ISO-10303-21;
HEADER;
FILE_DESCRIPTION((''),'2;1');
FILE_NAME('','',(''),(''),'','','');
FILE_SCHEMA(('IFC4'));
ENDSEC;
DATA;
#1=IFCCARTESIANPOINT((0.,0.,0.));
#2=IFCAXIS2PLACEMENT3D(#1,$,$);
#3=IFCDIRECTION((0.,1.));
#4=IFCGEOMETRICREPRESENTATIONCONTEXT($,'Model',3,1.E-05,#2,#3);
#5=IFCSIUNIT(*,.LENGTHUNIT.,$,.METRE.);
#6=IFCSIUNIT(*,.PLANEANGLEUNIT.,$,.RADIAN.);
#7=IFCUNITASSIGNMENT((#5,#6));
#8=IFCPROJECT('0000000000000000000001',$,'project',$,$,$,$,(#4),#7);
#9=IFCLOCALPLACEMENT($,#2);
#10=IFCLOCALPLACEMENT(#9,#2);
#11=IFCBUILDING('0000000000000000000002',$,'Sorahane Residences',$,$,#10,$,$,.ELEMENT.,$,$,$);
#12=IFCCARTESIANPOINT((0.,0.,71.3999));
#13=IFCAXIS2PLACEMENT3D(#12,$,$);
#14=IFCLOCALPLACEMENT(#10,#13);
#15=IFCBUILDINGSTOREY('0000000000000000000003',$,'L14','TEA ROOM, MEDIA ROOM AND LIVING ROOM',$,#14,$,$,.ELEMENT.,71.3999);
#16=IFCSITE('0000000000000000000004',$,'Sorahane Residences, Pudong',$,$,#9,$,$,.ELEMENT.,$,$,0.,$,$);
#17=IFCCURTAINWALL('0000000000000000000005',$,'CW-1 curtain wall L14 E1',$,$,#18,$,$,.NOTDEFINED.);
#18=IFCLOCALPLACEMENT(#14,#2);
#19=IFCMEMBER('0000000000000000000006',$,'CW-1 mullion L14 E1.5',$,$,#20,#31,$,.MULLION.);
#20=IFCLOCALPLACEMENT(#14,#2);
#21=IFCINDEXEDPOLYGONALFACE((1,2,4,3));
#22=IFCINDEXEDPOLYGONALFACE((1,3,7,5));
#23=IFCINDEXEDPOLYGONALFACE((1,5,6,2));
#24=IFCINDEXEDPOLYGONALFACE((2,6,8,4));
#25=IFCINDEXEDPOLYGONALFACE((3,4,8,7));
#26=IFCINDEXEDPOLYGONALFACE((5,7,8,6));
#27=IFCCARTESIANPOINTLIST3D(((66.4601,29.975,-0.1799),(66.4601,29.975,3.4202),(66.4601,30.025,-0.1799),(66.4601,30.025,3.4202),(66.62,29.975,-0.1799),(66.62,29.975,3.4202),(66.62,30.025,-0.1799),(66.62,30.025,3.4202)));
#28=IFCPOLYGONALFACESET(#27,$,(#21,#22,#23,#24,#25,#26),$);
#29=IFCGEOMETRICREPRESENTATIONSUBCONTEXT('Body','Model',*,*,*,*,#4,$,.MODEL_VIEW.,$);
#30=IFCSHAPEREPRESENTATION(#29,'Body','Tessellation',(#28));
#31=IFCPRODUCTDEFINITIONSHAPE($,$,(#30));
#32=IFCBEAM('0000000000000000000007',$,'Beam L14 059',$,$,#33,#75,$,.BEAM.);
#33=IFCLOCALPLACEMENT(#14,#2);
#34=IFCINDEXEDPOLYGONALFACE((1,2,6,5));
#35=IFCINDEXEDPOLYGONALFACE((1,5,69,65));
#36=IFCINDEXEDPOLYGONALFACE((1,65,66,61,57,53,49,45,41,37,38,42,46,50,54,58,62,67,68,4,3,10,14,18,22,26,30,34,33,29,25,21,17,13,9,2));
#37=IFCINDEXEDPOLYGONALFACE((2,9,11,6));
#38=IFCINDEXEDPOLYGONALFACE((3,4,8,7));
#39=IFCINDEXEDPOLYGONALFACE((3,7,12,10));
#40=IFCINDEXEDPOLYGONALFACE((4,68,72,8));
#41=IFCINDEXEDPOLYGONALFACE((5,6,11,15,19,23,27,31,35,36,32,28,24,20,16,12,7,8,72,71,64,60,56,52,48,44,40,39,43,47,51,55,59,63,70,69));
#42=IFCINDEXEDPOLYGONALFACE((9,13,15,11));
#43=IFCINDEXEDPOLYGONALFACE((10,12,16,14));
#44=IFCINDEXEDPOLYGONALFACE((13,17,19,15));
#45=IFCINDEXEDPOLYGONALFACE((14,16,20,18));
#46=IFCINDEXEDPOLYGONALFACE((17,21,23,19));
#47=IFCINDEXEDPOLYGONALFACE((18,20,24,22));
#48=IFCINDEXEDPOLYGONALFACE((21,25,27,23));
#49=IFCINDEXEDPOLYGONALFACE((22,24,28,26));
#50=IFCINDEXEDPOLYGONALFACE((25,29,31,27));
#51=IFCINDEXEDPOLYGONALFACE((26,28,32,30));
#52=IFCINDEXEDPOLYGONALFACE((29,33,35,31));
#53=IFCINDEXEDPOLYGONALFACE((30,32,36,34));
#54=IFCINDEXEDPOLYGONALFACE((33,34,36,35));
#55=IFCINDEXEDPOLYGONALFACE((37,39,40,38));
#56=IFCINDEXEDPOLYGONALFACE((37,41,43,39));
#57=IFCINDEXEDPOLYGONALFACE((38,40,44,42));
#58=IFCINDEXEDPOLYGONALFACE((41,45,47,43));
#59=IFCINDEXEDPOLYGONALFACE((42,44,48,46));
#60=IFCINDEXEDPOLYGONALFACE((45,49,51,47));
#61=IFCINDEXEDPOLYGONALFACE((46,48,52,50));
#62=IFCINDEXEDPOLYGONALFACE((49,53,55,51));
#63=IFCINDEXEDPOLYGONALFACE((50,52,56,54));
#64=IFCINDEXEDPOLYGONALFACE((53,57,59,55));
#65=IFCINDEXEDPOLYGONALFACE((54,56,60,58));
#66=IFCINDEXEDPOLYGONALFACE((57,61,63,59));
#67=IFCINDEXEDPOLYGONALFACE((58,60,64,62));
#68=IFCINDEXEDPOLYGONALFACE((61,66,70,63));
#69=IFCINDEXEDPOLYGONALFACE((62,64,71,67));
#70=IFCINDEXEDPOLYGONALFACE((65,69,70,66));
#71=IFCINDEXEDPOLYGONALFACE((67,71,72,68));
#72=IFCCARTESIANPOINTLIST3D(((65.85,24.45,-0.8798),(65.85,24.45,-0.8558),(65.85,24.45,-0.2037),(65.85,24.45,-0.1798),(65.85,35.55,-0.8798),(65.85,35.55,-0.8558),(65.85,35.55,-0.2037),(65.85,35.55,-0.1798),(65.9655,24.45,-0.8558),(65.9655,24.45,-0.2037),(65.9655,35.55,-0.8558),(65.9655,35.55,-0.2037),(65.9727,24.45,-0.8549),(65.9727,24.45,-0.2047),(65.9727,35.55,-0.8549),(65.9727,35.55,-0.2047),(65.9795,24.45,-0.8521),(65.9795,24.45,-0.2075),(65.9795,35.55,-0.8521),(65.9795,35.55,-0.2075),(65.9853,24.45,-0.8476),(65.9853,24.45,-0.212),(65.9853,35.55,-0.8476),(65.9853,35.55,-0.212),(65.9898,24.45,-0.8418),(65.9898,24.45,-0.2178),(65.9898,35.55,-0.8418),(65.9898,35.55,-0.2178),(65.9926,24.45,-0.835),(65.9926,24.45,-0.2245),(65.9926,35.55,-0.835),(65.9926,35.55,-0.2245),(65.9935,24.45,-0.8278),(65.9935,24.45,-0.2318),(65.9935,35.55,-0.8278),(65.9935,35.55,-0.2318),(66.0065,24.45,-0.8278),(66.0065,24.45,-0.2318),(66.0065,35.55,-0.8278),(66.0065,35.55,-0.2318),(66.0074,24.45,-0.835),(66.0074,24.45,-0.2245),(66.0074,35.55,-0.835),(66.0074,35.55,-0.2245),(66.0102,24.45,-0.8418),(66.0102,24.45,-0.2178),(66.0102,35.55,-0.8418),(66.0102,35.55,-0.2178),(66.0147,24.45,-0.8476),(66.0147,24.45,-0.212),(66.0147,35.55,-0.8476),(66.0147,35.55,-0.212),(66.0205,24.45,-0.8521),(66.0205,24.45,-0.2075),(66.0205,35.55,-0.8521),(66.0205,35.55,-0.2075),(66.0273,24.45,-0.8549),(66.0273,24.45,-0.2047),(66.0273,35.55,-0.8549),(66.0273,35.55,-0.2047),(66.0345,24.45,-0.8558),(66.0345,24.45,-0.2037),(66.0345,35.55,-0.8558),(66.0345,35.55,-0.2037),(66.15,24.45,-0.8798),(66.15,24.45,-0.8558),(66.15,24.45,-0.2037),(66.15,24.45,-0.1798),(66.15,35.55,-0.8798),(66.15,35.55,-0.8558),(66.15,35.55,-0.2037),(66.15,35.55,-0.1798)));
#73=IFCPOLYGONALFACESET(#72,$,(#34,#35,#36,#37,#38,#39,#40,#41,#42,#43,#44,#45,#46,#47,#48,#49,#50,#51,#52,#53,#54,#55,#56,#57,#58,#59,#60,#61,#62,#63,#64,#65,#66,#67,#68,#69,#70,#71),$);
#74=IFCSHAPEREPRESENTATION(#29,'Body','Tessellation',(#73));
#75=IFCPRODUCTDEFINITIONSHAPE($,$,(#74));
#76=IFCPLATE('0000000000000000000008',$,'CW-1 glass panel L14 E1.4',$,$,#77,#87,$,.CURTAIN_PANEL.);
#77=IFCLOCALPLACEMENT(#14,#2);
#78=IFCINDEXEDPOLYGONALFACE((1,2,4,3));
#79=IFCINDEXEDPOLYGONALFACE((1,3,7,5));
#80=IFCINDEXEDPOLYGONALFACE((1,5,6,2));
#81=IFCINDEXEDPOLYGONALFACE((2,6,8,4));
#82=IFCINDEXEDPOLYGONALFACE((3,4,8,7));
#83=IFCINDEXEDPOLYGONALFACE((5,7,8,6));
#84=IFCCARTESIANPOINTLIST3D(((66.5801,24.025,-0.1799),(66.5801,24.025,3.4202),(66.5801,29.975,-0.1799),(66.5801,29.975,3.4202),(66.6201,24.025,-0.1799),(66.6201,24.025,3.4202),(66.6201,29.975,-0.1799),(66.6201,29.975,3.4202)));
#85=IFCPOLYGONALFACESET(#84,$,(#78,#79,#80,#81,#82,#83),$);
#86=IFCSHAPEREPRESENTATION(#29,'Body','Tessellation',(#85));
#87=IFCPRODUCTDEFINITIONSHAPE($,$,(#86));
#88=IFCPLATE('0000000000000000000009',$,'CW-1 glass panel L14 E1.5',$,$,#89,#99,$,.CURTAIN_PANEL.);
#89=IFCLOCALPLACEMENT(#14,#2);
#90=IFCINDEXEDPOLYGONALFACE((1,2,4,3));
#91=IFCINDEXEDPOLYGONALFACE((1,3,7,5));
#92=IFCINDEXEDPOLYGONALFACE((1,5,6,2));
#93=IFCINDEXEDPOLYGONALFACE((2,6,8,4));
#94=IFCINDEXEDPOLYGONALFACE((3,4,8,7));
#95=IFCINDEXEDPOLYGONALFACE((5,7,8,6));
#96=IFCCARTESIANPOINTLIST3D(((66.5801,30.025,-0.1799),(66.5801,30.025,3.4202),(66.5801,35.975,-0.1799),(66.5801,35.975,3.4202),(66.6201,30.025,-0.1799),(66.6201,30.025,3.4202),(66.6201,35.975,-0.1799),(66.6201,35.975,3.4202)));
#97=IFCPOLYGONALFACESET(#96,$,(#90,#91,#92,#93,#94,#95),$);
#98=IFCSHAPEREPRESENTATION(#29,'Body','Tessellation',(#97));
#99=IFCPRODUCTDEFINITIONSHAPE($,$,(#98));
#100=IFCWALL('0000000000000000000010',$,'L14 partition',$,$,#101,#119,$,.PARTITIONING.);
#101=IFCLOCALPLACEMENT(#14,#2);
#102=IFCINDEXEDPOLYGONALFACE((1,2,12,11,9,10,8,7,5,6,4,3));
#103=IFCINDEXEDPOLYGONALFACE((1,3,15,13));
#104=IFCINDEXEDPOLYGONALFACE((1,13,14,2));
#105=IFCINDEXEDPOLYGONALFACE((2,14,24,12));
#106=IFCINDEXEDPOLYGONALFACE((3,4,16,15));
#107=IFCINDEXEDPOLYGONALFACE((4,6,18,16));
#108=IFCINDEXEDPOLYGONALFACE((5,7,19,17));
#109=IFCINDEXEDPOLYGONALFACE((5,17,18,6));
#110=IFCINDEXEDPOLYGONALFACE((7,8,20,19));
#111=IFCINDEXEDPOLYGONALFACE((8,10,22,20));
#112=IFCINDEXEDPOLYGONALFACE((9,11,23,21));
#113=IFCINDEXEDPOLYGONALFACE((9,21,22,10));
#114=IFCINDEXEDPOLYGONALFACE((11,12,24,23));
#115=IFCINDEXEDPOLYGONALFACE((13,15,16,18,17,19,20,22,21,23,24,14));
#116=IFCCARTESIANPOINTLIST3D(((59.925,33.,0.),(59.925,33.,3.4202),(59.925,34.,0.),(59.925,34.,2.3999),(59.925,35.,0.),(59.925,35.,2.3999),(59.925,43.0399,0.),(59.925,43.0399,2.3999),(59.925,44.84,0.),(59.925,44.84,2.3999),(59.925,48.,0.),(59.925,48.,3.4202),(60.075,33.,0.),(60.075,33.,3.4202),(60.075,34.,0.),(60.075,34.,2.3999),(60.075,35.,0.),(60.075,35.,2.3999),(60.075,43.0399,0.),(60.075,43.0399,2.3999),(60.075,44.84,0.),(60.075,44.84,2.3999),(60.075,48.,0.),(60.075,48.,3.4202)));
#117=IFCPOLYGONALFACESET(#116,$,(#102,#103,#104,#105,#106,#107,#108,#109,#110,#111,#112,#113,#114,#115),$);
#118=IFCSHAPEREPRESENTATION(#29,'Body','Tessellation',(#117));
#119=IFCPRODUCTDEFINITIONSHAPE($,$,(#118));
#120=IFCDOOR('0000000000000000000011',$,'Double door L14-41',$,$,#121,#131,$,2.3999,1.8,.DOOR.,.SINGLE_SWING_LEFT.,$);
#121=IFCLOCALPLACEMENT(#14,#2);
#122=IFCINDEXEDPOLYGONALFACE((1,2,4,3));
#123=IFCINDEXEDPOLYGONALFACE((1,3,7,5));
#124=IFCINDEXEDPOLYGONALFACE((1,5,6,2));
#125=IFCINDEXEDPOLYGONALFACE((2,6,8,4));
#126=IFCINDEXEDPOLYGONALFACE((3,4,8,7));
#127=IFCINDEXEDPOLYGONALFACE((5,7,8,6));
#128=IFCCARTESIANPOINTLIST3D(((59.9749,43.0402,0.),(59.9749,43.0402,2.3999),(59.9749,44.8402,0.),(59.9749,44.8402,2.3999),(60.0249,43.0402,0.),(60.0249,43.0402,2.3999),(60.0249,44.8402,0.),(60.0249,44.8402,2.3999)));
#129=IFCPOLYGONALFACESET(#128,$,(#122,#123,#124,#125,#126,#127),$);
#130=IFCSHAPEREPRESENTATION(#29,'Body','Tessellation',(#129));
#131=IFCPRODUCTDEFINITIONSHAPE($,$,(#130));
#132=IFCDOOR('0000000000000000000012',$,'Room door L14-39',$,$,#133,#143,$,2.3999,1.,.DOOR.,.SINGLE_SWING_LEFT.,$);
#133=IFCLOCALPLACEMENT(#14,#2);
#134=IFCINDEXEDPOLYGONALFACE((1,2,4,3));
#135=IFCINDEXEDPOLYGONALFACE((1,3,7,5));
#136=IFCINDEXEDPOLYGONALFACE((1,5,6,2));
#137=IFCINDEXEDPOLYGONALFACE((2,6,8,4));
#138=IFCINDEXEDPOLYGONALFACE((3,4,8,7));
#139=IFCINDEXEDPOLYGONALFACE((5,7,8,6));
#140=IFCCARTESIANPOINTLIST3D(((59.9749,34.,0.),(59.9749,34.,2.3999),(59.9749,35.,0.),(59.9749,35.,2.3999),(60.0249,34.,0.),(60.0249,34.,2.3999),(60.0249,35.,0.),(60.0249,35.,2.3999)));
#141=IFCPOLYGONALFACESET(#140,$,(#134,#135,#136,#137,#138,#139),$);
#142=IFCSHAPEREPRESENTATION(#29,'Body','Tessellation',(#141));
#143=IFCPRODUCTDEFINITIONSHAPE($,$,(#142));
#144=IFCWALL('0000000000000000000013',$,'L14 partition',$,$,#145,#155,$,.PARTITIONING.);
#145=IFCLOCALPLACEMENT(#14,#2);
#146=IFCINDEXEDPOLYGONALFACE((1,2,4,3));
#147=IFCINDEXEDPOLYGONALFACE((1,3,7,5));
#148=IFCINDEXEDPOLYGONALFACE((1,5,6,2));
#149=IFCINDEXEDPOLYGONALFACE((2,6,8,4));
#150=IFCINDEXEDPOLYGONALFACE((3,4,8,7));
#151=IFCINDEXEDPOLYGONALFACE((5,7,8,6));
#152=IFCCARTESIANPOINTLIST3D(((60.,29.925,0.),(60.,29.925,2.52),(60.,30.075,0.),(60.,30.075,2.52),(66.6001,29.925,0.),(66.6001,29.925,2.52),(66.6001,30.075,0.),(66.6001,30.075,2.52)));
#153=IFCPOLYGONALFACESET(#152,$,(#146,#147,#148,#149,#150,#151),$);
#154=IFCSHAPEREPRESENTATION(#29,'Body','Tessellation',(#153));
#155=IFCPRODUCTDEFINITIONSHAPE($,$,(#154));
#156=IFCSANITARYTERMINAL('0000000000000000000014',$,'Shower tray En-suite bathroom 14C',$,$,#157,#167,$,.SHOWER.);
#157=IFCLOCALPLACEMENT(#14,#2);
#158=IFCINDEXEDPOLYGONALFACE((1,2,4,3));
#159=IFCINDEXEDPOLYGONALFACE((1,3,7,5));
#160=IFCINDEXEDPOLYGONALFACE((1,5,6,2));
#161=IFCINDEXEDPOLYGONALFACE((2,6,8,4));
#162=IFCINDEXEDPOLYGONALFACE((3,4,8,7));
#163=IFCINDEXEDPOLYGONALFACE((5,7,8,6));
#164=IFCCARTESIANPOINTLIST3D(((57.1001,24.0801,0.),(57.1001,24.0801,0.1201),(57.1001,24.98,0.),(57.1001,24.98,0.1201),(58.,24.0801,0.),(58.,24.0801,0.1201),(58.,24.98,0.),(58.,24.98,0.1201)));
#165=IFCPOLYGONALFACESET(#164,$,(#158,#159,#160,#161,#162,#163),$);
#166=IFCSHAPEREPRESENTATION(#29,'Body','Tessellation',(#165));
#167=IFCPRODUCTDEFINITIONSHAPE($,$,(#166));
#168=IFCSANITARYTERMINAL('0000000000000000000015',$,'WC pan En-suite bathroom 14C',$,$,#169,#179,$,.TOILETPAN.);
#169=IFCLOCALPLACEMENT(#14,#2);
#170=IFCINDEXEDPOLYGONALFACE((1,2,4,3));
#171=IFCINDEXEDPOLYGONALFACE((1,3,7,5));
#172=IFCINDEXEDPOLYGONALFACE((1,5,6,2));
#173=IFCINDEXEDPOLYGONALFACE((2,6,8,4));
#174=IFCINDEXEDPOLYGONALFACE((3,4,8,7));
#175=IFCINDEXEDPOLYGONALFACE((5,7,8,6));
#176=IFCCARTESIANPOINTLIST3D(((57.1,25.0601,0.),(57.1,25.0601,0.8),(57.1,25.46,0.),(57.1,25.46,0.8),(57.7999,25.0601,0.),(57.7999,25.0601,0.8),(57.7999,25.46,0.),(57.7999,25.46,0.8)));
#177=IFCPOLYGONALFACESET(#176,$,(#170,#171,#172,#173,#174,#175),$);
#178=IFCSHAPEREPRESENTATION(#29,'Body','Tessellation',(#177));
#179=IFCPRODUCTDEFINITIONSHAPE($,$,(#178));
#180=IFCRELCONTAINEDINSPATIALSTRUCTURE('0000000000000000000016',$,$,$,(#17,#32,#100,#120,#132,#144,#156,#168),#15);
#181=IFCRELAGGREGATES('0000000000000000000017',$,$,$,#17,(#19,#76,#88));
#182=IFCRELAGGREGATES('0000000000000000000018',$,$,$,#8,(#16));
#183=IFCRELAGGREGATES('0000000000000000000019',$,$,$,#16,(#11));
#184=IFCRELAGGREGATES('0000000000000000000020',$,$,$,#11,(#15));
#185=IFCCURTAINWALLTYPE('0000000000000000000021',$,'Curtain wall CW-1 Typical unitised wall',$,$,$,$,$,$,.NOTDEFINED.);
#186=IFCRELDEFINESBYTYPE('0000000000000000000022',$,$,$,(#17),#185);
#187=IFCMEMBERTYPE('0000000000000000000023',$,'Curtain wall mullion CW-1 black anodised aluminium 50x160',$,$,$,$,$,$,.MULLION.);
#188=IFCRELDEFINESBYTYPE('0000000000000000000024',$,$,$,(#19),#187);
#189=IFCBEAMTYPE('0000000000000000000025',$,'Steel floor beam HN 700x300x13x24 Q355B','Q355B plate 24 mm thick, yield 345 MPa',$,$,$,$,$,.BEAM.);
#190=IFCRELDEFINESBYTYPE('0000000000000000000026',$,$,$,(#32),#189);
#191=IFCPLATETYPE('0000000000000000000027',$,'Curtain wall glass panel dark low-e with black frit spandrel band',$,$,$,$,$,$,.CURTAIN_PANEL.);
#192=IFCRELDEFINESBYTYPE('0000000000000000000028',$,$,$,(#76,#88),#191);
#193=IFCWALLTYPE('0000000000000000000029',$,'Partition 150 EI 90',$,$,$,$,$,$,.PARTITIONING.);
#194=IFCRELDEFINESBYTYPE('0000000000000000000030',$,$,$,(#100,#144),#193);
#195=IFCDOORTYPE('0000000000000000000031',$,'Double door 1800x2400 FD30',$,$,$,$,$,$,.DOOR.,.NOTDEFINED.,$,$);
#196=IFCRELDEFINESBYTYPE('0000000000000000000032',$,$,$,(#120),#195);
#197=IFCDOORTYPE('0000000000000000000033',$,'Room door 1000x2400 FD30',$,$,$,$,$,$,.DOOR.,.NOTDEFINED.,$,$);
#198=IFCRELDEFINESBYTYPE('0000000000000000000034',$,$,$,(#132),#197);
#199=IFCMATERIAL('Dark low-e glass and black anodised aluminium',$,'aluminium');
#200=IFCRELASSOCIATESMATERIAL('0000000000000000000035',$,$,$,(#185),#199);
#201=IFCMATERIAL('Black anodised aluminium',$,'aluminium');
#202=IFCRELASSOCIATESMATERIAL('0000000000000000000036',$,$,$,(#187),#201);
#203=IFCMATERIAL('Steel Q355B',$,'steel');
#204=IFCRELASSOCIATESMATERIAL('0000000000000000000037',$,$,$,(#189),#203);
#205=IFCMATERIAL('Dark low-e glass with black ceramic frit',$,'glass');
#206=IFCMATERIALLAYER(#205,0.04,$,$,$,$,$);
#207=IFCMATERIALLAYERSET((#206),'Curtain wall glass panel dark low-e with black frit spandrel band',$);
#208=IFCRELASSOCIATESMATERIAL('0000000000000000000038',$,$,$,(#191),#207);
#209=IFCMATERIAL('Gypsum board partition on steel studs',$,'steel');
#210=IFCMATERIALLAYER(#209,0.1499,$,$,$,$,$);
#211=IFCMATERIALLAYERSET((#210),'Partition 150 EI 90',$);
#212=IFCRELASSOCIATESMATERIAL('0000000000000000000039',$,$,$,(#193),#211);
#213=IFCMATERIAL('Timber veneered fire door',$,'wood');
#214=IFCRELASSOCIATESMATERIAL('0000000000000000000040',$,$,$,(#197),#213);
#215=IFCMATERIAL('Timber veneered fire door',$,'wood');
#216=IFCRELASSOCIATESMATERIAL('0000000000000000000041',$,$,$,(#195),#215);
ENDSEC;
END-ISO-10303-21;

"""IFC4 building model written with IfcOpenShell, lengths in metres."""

from ifc_helpers import new_model, si_unit, direction, frame, frame_2d, origin, origin_2d, place, context, subcontext, project, spatial, rectangle, i_section, extrude, material, layer, layer_set, material_profile, profile_set, type_object, element, fill, aggregate, save


model = new_model("IFC4")

# Units and contexts
model_context = context("Model", 3, precision=1e-05, world=origin(), true_north=direction((0.0, 1.0)))
body_context = subcontext(model_context, "Body", "Model", "MODEL_VIEW")
ifc_project = project(units=[si_unit("LENGTHUNIT", "METRE"), si_unit("PLANEANGLEUNIT", "RADIAN")], contexts=[model_context])

# Site, building, storey
site_placement = place(None, origin())
site = spatial("IfcSite", under=ifc_project, at=site_placement, Name="Sorahane Residences, Pudong", CompositionType="ELEMENT", RefElevation=0.0)
building_placement = place(site_placement, origin())
building = spatial("IfcBuilding", under=site, at=building_placement, Name="Sorahane Residences", CompositionType="ELEMENT")
storey_placement = place(building_placement, frame((0.0, 0.0, 71.3999)))
storey = spatial("IfcBuildingStorey", under=building, at=storey_placement, Name="L14", Description="TEA ROOM, MEDIA ROOM AND LIVING ROOM", CompositionType="ELEMENT", Elevation=71.3999)

# Curtain wall, member
ifc_material_1 = material(Name="Dark low-e glass and black anodised aluminium", Category="aluminium")
curtain_wall_type = type_object("IfcCurtainWallType", Name="Curtain wall CW-1 Typical unitised wall", PredefinedType="NOTDEFINED", material=ifc_material_1)
curtain_wall_placement = place(storey_placement, origin())
curtain_wall = element("IfcCurtainWall", 1, at=curtain_wall_placement, inside=storey, type_object=curtain_wall_type, Name="CW-1 curtain wall L14 E1", PredefinedType="NOTDEFINED")
ifc_material_2 = material(Name="Black anodised aluminium", Category="aluminium")
ifc_material_profile_1 = material_profile(ifc_material_2, rectangle(XDim=0.1599, YDim=0.05, at=origin_2d()), Name="Curtain wall mullion CW-1 black anodised aluminium 50x160")
ifc_profile_set_1 = profile_set([ifc_material_profile_1], Name="Black anodised aluminium")
member_type = type_object("IfcMemberType", Name="Curtain wall mullion CW-1 black anodised aluminium 50x160", PredefinedType="MULLION", material=ifc_profile_set_1)
member_placement = place(storey_placement, frame((66.54, 30.0, -0.1799), z_axis=(0.0, 0.0, 1.0), x_axis=(1.0, 0.0, 0.0)))
member = element("IfcMember", 2, at=member_placement, type_object=member_type, Name="CW-1 mullion L14 E1.5", PredefinedType="MULLION", context=body_context, shape_type="SweptSolid", body=[
    extrude(rectangle(XDim=0.1599, YDim=0.05, at=origin_2d()), origin(), (0.0, 0.0, 1.0), 3.6001),
])

# Beam
ifc_material_3 = material(Name="Steel Q355B", Category="steel")
ifc_material_profile_2 = material_profile(ifc_material_3, i_section(OverallWidth=0.3, OverallDepth=0.7, WebThickness=0.0129, FlangeThickness=0.0239, FilletRadius=0.0281, at=origin_2d()), Name="HN 700x300x13x24")
ifc_profile_set_2 = profile_set([ifc_material_profile_2], Name="Steel Q355B")
beam_type = type_object("IfcBeamType", Name="Steel floor beam HN 700x300x13x24 Q355B", Description="Q355B plate 24 mm thick, yield 345 MPa", PredefinedType="BEAM", material=ifc_profile_set_2)
beam_placement = place(storey_placement, frame((66.0, 24.45, -0.5298), z_axis=(0.0, 1.0, 0.0), x_axis=(-1.0, 0.0, 0.0)))
element("IfcBeam", 3, at=beam_placement, inside=storey, type_object=beam_type, Name="Beam L14 059", PredefinedType="BEAM", context=body_context, shape_type="SweptSolid", body=[
    extrude(i_section(OverallWidth=0.3, OverallDepth=0.7, WebThickness=0.0129, FlangeThickness=0.0239, FilletRadius=0.0281, at=origin_2d()), origin(), (0.0, 0.0, 1.0), 11.1001),
])

# Plates
ifc_material_4 = material(Name="Dark low-e glass with black ceramic frit", Category="glass")
ifc_layer_1 = layer(ifc_material_4, 0.04)
ifc_layer_set_1 = layer_set([ifc_layer_1], Name="Curtain wall glass panel dark low-e with black frit spandrel band")
plate_type = type_object("IfcPlateType", Name="Curtain wall glass panel dark low-e with black frit spandrel band", PredefinedType="CURTAIN_PANEL", material=ifc_layer_set_1)
plate_1_placement = place(storey_placement, frame((66.6001, 27.0, -0.1799), z_axis=(0.0, 0.0, 1.0), x_axis=(0.0, 1.0, 0.0)))
plate_1 = element("IfcPlate", 4, at=plate_1_placement, type_object=plate_type, Name="CW-1 glass panel L14 E1.4", PredefinedType="CURTAIN_PANEL", context=body_context, shape_type="SweptSolid", body=[
    extrude(rectangle(XDim=5.95, YDim=0.04, at=origin_2d()), origin(), (0.0, 0.0, 1.0), 3.6001),
])
plate_2_placement = place(storey_placement, frame((66.6001, 33.0, -0.1799), z_axis=(0.0, 0.0, 1.0), x_axis=(0.0, 1.0, 0.0)))
plate_2 = element("IfcPlate", 5, at=plate_2_placement, type_object=plate_type, Name="CW-1 glass panel L14 E1.5", PredefinedType="CURTAIN_PANEL", context=body_context, shape_type="SweptSolid", body=[
    extrude(rectangle(XDim=5.95, YDim=0.04, at=origin_2d()), origin(), (0.0, 0.0, 1.0), 3.6001),
])
aggregate(curtain_wall, [member, plate_1, plate_2])

# Shared definitions
ifc_material_5 = material(Name="Gypsum board partition on steel studs", Category="steel")
ifc_layer_2 = layer(ifc_material_5, 0.1499)
ifc_layer_set_2 = layer_set([ifc_layer_2], Name="Partition 150 EI 90")
wall_type_1 = type_object("IfcWallType", Name="Partition 150 EI 90", PredefinedType="PARTITIONING", material=ifc_layer_set_2)
ifc_material_6 = material(Name="Timber veneered fire door", Category="wood")
door_type_1 = type_object("IfcDoorType", Name="Room door 1000x2400 FD30", OperationType="NOTDEFINED", PredefinedType="DOOR", material=ifc_material_6)

# Wall, openings, doors
wall_1_placement = place(storey_placement, frame((60.0, 33.0, 0.0), z_axis=(0.0, 0.0, 1.0), x_axis=(0.0, 1.0, 0.0)))
wall_1 = element("IfcWall", 6, at=wall_1_placement, inside=storey, type_object=wall_type_1, Name="L14 partition", PredefinedType="PARTITIONING", context=body_context, shape_type="SweptSolid", body=[
    extrude(rectangle(XDim=15.0, YDim=0.1499, at=frame_2d((7.5, 0.0))), origin(), (0.0, 0.0, 1.0), 3.4202),
])
opening_1_placement = place(wall_1_placement, frame((1.0, 0.0, 0.0)))
opening_1 = element("IfcOpeningElement", 7, at=opening_1_placement, cuts=wall_1, PredefinedType="OPENING", context=body_context, shape_type="SweptSolid", body=[
    extrude(rectangle(XDim=1.0, YDim=2.3999, at=frame_2d((0.5, 1.2))), frame((0.0, 0.085, 0.0), z_axis=(0.0, -1.0, 0.0), x_axis=(1.0, 0.0, 0.0)), (0.0, 0.0, 1.0), 0.1699),
])
opening_2_placement = place(wall_1_placement, frame((10.04, 0.0, 0.0)))
opening_2 = element("IfcOpeningElement", 8, at=opening_2_placement, cuts=wall_1, PredefinedType="OPENING", context=body_context, shape_type="SweptSolid", body=[
    extrude(rectangle(XDim=1.8, YDim=2.3999, at=frame_2d((0.8999, 1.2))), frame((0.0, 0.085, 0.0), z_axis=(0.0, -1.0, 0.0), x_axis=(1.0, 0.0, 0.0)), (0.0, 0.0, 1.0), 0.1699),
])
ifc_material_7 = material(Name="Timber veneered fire door", Category="wood")
door_type_2 = type_object("IfcDoorType", Name="Double door 1800x2400 FD30", OperationType="NOTDEFINED", PredefinedType="DOOR", material=ifc_material_7)
door_1_placement = place(opening_2_placement, frame((1.8, 0.0, 0.0), z_axis=(0.0, 0.0, 1.0), x_axis=(-1.0, 0.0, 0.0)))
door_1 = element("IfcDoor", 9, at=door_1_placement, inside=storey, type_object=door_type_2, Name="Double door L14-41", OperationType="SINGLE_SWING_LEFT", OverallHeight=2.3999, OverallWidth=1.8, PredefinedType="DOOR", context=body_context, shape_type="SweptSolid", body=[
    extrude(rectangle(XDim=1.8, YDim=2.3999, at=frame_2d((0.8999, 1.2))), frame((0.0, 0.0249, 0.0), z_axis=(0.0, -1.0, 0.0), x_axis=(1.0, 0.0, 0.0)), (0.0, 0.0, 1.0), 0.05),
])
fill(opening_2, door_1)
door_2_placement = place(opening_1_placement, frame((1.0, 0.0, 0.0), z_axis=(0.0, 0.0, 1.0), x_axis=(-1.0, 0.0, 0.0)))
door_2 = element("IfcDoor", 10, at=door_2_placement, inside=storey, type_object=door_type_1, Name="Room door L14-39", OperationType="SINGLE_SWING_LEFT", OverallHeight=2.3999, OverallWidth=1.0, PredefinedType="DOOR", context=body_context, shape_type="SweptSolid", body=[
    extrude(rectangle(XDim=1.0, YDim=2.3999, at=frame_2d((0.5, 1.2))), frame((0.0, 0.0249, 0.0), z_axis=(0.0, -1.0, 0.0), x_axis=(1.0, 0.0, 0.0)), (0.0, 0.0, 1.0), 0.05),
])
fill(opening_1, door_2)

# Wall
wall_2_placement = place(storey_placement, frame((60.0, 30.0, 0.0), z_axis=(0.0, 0.0, 1.0), x_axis=(1.0, 0.0, 0.0)))
element("IfcWall", 11, at=wall_2_placement, inside=storey, type_object=wall_type_1, Name="L14 partition", PredefinedType="PARTITIONING", context=body_context, shape_type="SweptSolid", body=[
    extrude(rectangle(XDim=6.6001, YDim=0.1499, at=frame_2d((3.3, 0.0))), origin(), (0.0, 0.0, 1.0), 2.52),
])

# Sanitary terminals
sanitary_terminal_1_placement = place(storey_placement, frame((57.55, 24.53, 0.0), z_axis=(0.0, 0.0, 1.0), x_axis=(0.0, 1.0, 0.0)))
element("IfcSanitaryTerminal", 12, at=sanitary_terminal_1_placement, inside=storey, Name="Shower tray En-suite bathroom 14C", PredefinedType="SHOWER", context=body_context, shape_type="SweptSolid", body=[
    extrude(rectangle(XDim=0.8999, YDim=0.8999, at=origin_2d()), origin(), (0.0, 0.0, 1.0), 0.1201),
])
sanitary_terminal_2_placement = place(storey_placement, frame((57.45, 25.26, 0.0), z_axis=(0.0, 0.0, 1.0), x_axis=(0.0, 1.0, 0.0)))
element("IfcSanitaryTerminal", 13, at=sanitary_terminal_2_placement, inside=storey, Name="WC pan En-suite bathroom 14C", PredefinedType="TOILETPAN", context=body_context, shape_type="SweptSolid", body=[
    extrude(rectangle(XDim=0.3999, YDim=0.7, at=origin_2d()), origin(), (0.0, 0.0, 1.0), 0.8),
])

save(model, "model.ifc")
